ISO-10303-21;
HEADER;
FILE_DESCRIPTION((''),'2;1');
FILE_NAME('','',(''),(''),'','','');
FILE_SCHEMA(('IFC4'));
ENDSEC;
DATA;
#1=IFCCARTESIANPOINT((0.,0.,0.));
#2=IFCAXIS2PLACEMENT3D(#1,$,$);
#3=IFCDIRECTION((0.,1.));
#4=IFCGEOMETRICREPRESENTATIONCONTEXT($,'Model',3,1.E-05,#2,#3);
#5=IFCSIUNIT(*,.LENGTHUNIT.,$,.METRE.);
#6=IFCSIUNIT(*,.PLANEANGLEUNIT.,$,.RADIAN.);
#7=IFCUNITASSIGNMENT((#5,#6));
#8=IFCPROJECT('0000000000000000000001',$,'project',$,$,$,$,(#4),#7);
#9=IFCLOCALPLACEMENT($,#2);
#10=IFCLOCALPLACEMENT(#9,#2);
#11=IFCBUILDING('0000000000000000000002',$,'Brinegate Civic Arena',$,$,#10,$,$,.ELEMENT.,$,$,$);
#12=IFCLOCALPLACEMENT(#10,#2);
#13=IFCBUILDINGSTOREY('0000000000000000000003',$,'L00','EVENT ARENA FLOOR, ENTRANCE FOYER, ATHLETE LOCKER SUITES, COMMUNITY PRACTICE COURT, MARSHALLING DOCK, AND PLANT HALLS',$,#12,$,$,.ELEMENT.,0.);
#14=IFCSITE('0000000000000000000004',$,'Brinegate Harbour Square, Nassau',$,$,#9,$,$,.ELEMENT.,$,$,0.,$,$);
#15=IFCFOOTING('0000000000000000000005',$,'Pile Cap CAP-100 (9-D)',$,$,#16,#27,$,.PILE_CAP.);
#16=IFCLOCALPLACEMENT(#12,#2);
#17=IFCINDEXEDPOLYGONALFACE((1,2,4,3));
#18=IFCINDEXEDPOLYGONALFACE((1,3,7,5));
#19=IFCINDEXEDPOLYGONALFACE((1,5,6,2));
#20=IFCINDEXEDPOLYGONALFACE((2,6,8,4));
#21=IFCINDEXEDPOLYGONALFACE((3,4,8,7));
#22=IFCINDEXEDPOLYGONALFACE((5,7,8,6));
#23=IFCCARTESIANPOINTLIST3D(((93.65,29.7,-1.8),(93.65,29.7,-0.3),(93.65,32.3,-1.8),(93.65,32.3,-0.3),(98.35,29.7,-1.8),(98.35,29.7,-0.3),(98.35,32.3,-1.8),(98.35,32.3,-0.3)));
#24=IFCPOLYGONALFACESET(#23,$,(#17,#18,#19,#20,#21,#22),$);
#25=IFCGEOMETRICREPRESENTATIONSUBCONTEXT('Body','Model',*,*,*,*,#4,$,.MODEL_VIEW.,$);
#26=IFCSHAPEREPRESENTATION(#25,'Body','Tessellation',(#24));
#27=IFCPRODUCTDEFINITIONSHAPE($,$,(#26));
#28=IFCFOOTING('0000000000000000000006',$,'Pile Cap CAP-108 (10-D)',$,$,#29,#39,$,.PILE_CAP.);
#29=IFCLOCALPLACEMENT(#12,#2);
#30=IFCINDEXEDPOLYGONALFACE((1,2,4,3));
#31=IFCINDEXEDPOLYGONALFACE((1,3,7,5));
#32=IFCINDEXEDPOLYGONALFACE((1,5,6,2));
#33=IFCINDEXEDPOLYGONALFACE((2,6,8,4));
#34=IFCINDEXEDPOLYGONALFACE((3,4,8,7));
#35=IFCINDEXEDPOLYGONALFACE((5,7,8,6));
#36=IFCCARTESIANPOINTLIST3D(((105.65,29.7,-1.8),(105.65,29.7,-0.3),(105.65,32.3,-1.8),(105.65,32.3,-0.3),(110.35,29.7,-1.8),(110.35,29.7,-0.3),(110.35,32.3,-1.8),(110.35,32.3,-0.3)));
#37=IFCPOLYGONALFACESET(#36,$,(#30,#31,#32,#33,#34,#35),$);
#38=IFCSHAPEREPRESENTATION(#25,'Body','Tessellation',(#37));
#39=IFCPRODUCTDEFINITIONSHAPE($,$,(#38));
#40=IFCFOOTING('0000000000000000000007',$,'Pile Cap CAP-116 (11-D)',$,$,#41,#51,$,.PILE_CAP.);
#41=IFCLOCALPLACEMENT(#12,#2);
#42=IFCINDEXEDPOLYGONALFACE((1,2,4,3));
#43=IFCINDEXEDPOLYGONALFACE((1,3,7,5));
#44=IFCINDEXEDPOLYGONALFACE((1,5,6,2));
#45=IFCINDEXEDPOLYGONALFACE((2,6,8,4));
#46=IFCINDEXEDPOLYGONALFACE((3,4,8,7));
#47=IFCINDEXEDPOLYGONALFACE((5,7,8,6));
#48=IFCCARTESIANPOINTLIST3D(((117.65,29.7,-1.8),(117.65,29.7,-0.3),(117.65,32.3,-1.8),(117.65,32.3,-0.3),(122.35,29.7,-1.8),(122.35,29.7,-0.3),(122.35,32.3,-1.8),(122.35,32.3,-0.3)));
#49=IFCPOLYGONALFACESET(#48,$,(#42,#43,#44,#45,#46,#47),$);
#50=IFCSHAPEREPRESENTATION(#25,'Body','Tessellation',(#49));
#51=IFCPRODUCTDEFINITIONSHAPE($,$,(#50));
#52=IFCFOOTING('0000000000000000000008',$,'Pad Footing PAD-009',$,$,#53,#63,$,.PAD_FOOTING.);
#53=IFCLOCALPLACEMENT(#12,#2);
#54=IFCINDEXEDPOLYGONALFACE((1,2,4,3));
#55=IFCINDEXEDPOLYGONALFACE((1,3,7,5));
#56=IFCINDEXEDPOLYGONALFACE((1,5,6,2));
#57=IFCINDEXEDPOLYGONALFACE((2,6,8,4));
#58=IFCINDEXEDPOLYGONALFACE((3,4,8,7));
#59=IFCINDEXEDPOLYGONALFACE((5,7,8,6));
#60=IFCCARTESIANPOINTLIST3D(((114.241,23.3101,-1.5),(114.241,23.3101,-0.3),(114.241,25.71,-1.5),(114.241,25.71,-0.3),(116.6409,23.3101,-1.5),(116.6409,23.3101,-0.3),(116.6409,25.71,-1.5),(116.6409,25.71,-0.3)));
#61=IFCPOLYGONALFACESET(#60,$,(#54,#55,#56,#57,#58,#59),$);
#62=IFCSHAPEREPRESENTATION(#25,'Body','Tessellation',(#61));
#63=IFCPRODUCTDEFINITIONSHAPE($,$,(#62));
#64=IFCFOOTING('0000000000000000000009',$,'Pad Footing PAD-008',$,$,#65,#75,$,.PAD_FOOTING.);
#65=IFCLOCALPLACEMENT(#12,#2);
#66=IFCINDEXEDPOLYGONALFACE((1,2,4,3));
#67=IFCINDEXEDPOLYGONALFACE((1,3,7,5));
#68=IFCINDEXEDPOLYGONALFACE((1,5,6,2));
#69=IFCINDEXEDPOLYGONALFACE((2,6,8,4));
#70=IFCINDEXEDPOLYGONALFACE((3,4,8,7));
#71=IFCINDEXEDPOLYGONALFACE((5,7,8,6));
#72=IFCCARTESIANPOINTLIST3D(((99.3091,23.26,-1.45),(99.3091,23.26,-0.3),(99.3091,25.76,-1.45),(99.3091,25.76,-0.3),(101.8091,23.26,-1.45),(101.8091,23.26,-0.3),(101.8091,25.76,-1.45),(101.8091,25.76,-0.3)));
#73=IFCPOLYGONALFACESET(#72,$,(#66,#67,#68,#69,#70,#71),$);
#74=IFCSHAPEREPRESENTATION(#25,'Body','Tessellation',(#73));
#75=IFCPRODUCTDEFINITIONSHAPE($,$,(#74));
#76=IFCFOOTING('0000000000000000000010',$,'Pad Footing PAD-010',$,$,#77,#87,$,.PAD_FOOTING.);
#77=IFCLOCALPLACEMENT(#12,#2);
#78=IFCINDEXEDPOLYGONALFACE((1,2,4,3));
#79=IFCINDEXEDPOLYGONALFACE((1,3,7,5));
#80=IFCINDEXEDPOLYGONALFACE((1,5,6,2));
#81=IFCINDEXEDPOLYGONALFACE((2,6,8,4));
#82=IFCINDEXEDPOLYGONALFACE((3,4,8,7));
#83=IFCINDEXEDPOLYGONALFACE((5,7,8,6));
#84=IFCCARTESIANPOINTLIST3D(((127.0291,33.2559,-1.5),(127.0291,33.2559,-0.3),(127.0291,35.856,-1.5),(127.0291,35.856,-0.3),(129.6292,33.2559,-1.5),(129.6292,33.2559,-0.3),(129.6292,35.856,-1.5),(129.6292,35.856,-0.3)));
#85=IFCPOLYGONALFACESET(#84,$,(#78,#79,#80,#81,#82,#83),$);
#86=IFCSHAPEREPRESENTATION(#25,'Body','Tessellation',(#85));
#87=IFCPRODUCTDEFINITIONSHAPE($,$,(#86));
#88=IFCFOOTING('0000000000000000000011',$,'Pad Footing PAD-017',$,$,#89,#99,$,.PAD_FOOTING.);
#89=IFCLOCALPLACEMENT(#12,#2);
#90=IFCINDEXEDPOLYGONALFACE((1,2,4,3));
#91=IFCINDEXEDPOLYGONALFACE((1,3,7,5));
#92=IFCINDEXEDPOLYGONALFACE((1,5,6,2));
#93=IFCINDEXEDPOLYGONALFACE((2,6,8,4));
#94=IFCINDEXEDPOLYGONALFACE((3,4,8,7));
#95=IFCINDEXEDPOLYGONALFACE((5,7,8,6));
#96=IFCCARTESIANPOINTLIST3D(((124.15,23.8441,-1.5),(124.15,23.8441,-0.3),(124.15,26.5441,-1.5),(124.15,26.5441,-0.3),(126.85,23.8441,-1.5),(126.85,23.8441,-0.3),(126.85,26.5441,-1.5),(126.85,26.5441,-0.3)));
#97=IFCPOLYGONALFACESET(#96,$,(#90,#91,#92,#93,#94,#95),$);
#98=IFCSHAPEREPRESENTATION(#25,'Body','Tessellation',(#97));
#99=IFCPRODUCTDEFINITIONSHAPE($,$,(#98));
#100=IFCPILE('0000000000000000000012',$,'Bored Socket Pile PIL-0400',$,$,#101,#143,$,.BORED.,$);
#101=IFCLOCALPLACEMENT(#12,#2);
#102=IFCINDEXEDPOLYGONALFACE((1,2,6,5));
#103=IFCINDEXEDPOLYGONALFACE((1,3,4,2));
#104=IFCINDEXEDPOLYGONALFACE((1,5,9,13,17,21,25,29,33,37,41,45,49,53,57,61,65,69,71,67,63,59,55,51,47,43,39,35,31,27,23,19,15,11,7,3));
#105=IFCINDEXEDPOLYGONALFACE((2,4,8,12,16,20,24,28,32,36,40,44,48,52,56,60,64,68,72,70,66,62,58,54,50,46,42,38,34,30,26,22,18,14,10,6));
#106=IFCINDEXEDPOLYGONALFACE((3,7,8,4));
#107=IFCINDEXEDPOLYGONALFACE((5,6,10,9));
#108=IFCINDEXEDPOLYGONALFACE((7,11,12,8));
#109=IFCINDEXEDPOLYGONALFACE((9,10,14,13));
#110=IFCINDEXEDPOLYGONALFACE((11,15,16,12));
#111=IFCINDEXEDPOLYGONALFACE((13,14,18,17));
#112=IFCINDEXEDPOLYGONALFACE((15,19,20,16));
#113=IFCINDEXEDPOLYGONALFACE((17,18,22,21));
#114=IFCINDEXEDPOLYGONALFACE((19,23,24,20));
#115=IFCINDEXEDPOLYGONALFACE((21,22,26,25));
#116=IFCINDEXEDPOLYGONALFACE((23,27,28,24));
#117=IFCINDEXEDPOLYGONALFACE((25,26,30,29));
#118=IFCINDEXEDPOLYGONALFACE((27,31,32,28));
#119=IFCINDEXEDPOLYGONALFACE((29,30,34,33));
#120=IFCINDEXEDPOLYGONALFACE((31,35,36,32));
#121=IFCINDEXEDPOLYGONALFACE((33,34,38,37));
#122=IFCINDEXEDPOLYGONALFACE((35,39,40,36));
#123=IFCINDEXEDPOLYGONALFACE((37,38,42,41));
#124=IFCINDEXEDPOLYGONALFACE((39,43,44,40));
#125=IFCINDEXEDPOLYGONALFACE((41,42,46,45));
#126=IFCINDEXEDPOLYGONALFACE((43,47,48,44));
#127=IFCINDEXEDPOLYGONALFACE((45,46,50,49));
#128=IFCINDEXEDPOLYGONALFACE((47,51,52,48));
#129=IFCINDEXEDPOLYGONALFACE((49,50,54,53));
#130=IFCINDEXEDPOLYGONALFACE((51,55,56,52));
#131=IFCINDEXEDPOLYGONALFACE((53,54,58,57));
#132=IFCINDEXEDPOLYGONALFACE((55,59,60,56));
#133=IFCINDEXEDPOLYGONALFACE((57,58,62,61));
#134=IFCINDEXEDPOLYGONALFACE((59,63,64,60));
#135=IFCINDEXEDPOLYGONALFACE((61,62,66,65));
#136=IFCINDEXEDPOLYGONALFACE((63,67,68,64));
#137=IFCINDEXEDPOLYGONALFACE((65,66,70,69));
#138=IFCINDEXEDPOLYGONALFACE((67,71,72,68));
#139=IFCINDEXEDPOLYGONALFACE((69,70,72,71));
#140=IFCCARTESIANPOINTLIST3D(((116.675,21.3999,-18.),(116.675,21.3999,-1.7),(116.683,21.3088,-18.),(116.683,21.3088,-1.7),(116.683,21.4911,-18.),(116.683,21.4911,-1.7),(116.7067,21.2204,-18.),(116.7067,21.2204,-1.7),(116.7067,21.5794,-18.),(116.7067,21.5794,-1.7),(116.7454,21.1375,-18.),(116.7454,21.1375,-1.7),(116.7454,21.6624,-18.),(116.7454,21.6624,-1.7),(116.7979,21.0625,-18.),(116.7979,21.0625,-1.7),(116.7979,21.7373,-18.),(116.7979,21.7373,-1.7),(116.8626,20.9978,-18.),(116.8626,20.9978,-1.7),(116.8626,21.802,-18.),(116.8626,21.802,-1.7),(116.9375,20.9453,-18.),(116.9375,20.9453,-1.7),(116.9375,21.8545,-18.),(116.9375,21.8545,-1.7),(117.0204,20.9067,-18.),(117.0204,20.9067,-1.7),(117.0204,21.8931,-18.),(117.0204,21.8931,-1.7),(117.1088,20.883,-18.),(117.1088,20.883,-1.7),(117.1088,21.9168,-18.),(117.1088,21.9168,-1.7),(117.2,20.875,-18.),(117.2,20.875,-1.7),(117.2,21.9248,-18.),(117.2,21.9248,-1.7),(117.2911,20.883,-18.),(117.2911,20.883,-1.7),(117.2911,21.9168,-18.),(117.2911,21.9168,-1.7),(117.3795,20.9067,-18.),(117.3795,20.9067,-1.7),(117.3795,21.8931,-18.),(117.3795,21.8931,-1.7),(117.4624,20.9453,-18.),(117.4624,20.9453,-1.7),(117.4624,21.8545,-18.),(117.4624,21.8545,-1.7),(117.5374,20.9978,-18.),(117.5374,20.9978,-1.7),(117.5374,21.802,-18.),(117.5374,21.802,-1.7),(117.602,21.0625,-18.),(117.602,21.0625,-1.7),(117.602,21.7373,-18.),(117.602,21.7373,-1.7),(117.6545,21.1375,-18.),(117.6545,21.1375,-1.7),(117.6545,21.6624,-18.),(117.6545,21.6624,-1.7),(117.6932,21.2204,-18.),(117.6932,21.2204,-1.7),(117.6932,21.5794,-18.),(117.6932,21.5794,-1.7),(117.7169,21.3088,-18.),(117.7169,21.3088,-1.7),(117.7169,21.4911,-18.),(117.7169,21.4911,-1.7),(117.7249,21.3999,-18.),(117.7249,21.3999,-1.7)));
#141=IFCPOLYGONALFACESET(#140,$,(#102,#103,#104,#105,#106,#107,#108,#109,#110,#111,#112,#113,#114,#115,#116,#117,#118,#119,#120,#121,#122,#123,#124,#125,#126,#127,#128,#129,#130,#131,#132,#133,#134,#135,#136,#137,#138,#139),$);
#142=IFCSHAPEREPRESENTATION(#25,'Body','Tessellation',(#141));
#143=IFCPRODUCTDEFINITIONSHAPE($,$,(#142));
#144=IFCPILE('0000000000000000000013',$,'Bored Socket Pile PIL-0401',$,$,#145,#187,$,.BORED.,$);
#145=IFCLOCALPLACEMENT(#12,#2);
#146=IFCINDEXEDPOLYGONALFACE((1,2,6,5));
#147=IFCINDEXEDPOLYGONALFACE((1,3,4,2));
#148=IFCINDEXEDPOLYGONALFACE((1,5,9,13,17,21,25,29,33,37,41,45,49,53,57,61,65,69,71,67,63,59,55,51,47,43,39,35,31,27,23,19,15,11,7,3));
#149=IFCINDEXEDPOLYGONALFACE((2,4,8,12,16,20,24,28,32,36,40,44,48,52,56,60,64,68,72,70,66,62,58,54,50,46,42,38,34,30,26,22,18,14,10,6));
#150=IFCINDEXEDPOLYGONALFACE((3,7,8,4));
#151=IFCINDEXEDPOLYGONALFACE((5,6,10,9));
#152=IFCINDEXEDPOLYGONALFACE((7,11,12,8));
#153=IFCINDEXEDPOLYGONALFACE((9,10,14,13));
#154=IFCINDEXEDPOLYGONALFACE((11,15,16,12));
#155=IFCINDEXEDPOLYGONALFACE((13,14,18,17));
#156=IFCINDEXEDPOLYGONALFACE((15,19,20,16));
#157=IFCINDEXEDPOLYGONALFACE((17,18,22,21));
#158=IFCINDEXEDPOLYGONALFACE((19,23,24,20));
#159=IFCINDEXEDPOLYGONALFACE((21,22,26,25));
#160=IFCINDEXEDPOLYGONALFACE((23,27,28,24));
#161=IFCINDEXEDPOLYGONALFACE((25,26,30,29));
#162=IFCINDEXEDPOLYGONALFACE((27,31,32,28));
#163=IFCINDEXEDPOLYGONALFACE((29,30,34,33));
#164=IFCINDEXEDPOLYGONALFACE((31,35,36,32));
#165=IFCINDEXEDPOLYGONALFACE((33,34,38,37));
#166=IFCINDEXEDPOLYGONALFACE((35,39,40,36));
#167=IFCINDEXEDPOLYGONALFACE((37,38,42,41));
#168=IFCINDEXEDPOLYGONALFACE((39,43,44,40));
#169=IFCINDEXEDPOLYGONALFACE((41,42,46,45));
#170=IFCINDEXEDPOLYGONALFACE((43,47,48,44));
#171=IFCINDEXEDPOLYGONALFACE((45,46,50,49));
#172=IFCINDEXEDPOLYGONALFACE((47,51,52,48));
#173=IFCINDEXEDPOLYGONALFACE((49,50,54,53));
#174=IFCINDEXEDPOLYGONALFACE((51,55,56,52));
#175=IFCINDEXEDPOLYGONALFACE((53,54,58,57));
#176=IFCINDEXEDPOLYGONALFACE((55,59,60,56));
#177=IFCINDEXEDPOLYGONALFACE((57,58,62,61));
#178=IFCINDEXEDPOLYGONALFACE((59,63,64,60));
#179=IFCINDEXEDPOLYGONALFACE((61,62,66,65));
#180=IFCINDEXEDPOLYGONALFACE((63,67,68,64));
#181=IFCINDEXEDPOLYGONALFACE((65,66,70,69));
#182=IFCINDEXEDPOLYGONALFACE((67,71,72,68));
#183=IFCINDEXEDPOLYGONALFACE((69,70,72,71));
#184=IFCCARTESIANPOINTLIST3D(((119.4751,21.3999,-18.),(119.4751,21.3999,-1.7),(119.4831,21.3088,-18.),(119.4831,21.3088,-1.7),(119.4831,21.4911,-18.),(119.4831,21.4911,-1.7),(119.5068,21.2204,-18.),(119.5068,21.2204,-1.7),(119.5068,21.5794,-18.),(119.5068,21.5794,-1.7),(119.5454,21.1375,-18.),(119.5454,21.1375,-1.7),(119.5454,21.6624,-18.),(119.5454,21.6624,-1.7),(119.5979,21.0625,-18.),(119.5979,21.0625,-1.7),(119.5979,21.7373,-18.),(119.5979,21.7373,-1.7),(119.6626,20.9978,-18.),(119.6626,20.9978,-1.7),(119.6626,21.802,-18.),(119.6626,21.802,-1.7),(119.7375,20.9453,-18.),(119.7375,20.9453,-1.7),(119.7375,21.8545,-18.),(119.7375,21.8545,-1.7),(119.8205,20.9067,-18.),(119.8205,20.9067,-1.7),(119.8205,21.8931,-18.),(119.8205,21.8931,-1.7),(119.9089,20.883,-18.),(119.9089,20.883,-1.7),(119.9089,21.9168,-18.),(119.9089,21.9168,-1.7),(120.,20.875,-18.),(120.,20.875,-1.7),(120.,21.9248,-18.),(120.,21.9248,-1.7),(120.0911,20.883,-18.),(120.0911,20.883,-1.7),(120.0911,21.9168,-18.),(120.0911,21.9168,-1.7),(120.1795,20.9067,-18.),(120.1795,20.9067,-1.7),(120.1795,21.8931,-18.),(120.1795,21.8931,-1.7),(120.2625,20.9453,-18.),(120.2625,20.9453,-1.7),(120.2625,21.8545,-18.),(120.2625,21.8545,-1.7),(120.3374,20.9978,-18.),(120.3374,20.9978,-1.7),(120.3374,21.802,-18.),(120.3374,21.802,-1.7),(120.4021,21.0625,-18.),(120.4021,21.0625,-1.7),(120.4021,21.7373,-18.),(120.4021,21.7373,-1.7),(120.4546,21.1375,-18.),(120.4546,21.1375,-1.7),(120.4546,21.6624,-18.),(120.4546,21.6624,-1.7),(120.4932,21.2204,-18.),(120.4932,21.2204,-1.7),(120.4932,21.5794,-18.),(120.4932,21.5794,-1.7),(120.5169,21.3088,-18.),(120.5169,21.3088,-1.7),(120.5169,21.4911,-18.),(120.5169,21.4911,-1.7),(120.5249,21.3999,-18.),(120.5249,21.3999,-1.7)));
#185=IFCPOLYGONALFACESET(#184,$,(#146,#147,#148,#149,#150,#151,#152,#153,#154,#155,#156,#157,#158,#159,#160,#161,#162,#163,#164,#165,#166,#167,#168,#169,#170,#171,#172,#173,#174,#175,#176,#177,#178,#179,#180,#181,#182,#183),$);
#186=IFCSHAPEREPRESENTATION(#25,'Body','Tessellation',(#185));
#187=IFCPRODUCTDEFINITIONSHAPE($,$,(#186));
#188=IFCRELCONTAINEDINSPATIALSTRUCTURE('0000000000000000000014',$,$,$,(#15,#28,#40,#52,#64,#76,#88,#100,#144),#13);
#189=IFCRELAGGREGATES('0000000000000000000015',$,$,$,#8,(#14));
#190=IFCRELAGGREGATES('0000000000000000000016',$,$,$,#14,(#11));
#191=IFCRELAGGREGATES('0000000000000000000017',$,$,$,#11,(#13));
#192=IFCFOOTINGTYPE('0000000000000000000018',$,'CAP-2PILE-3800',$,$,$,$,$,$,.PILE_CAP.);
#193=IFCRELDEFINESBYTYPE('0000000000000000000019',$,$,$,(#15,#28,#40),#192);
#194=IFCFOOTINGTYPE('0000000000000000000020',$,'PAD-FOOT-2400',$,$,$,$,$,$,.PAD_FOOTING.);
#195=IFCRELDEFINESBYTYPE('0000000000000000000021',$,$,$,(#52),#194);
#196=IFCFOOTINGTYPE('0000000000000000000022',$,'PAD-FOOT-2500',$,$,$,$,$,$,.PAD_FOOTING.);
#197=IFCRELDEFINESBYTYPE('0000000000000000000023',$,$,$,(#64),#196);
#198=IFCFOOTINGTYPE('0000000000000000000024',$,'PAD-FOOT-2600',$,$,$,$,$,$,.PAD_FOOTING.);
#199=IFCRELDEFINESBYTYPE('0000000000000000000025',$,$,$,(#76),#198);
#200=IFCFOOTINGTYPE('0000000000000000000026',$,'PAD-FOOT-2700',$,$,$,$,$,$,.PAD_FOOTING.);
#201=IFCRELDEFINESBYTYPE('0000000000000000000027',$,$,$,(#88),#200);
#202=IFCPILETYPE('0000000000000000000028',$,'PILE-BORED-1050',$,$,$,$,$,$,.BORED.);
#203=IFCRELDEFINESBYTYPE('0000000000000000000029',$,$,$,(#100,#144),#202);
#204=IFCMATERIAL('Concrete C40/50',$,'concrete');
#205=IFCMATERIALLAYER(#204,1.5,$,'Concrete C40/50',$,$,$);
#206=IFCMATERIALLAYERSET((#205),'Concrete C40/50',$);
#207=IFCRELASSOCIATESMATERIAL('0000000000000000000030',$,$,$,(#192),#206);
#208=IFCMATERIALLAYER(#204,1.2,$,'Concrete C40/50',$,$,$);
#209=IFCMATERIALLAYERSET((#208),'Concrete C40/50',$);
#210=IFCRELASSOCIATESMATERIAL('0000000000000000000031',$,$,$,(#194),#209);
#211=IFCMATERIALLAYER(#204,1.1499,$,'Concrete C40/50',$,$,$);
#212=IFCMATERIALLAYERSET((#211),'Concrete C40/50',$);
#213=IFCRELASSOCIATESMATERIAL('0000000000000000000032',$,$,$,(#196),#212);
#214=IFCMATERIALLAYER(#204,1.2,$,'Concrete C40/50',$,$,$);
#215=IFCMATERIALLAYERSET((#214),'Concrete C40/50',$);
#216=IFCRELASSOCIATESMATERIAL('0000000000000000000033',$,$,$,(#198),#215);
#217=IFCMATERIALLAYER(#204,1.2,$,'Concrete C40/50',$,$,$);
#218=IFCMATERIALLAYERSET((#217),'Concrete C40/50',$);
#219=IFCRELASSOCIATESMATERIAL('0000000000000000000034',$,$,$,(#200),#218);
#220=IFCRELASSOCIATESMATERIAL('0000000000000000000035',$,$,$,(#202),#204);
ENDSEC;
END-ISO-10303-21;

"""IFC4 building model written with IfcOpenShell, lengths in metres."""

from ifc_helpers import new_model, si_unit, direction, frame, origin, origin_2d, place, context, subcontext, project, spatial, rectangle, circle, extrude, material, layer, layer_set, material_profile, profile_set, type_object, element, save


model = new_model("IFC4")

# Units and contexts
model_context = context("Model", 3, precision=1e-05, world=origin(), true_north=direction((0.0, 1.0)))
body_context = subcontext(model_context, "Body", "Model", "MODEL_VIEW")
ifc_project = project(units=[si_unit("LENGTHUNIT", "METRE"), si_unit("PLANEANGLEUNIT", "RADIAN")], contexts=[model_context])

# Site, building, storey
site_placement = place(None, origin())
site = spatial("IfcSite", under=ifc_project, at=site_placement, Name="Brinegate Harbour Square, Nassau", CompositionType="ELEMENT", RefElevation=0.0)
building_placement = place(site_placement, origin())
building = spatial("IfcBuilding", under=site, at=building_placement, Name="Brinegate Civic Arena", CompositionType="ELEMENT")
storey_placement = place(building_placement, origin())
storey = spatial("IfcBuildingStorey", under=building, at=storey_placement, Name="L00", Description="EVENT ARENA FLOOR, ENTRANCE FOYER, ATHLETE LOCKER SUITES, COMMUNITY PRACTICE COURT, MARSHALLING DOCK, AND PLANT HALLS", CompositionType="ELEMENT", Elevation=0.0)

# Footings
ifc_material_1 = material(Name="Concrete C40/50", Category="concrete")
ifc_layer_1 = layer(ifc_material_1, 1.5, Name="Concrete C40/50")
ifc_layer_set_1 = layer_set([ifc_layer_1], Name="Concrete C40/50")
footing_type_1 = type_object("IfcFootingType", Name="CAP-2PILE-3800", PredefinedType="PILE_CAP", material=ifc_layer_set_1)
for number, where, z_axis, x_axis, name in (
    (1, (96.0, 31.0, -1.8), (0.0, 0.0, 1.0), (1.0, 0.0, 0.0), "Pile Cap CAP-100 (9-D)"),
    (2, (108.0, 31.0, -1.8), (0.0, 0.0, 1.0), (1.0, 0.0, 0.0), "Pile Cap CAP-108 (10-D)"),
    (3, (120.0, 31.0, -1.8), (0.0, 0.0, 1.0), (1.0, 0.0, 0.0), "Pile Cap CAP-116 (11-D)"),
):
    element("IfcFooting", number, at=place(storey_placement, frame(where, z_axis=z_axis, x_axis=x_axis)), inside=storey, type_object=footing_type_1, Name=name, PredefinedType="PILE_CAP", context=body_context, shape_type="SweptSolid", body=[
        extrude(rectangle(XDim=4.7, YDim=2.6001, at=origin_2d()), origin(), (0.0, 0.0, 1.0), 1.5),
    ])
ifc_layer_2 = layer(ifc_material_1, 1.2, Name="Concrete C40/50")
ifc_layer_set_2 = layer_set([ifc_layer_2], Name="Concrete C40/50")
footing_type_2 = type_object("IfcFootingType", Name="PAD-FOOT-2400", PredefinedType="PAD_FOOTING", material=ifc_layer_set_2)
footing_1_placement = place(storey_placement, frame((115.4409, 24.51, -1.5), z_axis=(0.0, 0.0, 1.0), x_axis=(1.0, 0.0, 0.0)))
element("IfcFooting", 4, at=footing_1_placement, inside=storey, type_object=footing_type_2, Name="Pad Footing PAD-009", PredefinedType="PAD_FOOTING", context=body_context, shape_type="SweptSolid", body=[
    extrude(rectangle(XDim=2.3999, YDim=2.3999, at=origin_2d()), origin(), (0.0, 0.0, 1.0), 1.2),
])
ifc_layer_3 = layer(ifc_material_1, 1.1499, Name="Concrete C40/50")
ifc_layer_set_3 = layer_set([ifc_layer_3], Name="Concrete C40/50")
footing_type_3 = type_object("IfcFootingType", Name="PAD-FOOT-2500", PredefinedType="PAD_FOOTING", material=ifc_layer_set_3)
footing_2_placement = place(storey_placement, frame((100.5591, 24.51, -1.45), z_axis=(0.0, 0.0, 1.0), x_axis=(1.0, 0.0, 0.0)))
element("IfcFooting", 5, at=footing_2_placement, inside=storey, type_object=footing_type_3, Name="Pad Footing PAD-008", PredefinedType="PAD_FOOTING", context=body_context, shape_type="SweptSolid", body=[
    extrude(rectangle(XDim=2.5, YDim=2.5, at=origin_2d()), origin(), (0.0, 0.0, 1.0), 1.1499),
])
ifc_layer_4 = layer(ifc_material_1, 1.2, Name="Concrete C40/50")
ifc_layer_set_4 = layer_set([ifc_layer_4], Name="Concrete C40/50")
footing_type_4 = type_object("IfcFootingType", Name="PAD-FOOT-2600", PredefinedType="PAD_FOOTING", material=ifc_layer_set_4)
footing_3_placement = place(storey_placement, frame((128.3291, 34.5559, -1.5), z_axis=(0.0, 0.0, 1.0), x_axis=(1.0, 0.0, 0.0)))
element("IfcFooting", 6, at=footing_3_placement, inside=storey, type_object=footing_type_4, Name="Pad Footing PAD-010", PredefinedType="PAD_FOOTING", context=body_context, shape_type="SweptSolid", body=[
    extrude(rectangle(XDim=2.6001, YDim=2.6001, at=origin_2d()), origin(), (0.0, 0.0, 1.0), 1.2),
])
ifc_layer_5 = layer(ifc_material_1, 1.2, Name="Concrete C40/50")
ifc_layer_set_5 = layer_set([ifc_layer_5], Name="Concrete C40/50")
footing_type_5 = type_object("IfcFootingType", Name="PAD-FOOT-2700", PredefinedType="PAD_FOOTING", material=ifc_layer_set_5)
footing_4_placement = place(storey_placement, frame((125.5, 25.1941, -1.5), z_axis=(0.0, 0.0, 1.0), x_axis=(1.0, 0.0, 0.0)))
element("IfcFooting", 7, at=footing_4_placement, inside=storey, type_object=footing_type_5, Name="Pad Footing PAD-017", PredefinedType="PAD_FOOTING", context=body_context, shape_type="SweptSolid", body=[
    extrude(rectangle(XDim=2.7, YDim=2.7, at=origin_2d()), origin(), (0.0, 0.0, 1.0), 1.2),
])

# Piles
ifc_material_profile_1 = material_profile(ifc_material_1, circle(Radius=0.5249, at=origin_2d()), Name="PILED1050")
ifc_profile_set_1 = profile_set([ifc_material_profile_1], Name="Concrete C40/50")
pile_type_1 = type_object("IfcPileType", Name="PILE-BORED-1050", PredefinedType="BORED", material=ifc_profile_set_1)
for number, where, z_axis, x_axis, name in (
    (8, (117.2, 21.3999, -1.7), (0.0, 0.0, -1.0), (1.0, 0.0, 0.0), "Bored Socket Pile PIL-0400"),
    (9, (120.0, 21.3999, -1.7), (0.0, 0.0, -1.0), (1.0, 0.0, 0.0), "Bored Socket Pile PIL-0401"),
):
    element("IfcPile", number, at=place(storey_placement, frame(where, z_axis=z_axis, x_axis=x_axis)), inside=storey, type_object=pile_type_1, Name=name, PredefinedType="BORED", context=body_context, shape_type="SweptSolid", body=[
        extrude(circle(Radius=0.5249, at=origin_2d()), origin(), (0.0, 0.0, 1.0), 16.3),
    ])

save(model, "model.ifc")
